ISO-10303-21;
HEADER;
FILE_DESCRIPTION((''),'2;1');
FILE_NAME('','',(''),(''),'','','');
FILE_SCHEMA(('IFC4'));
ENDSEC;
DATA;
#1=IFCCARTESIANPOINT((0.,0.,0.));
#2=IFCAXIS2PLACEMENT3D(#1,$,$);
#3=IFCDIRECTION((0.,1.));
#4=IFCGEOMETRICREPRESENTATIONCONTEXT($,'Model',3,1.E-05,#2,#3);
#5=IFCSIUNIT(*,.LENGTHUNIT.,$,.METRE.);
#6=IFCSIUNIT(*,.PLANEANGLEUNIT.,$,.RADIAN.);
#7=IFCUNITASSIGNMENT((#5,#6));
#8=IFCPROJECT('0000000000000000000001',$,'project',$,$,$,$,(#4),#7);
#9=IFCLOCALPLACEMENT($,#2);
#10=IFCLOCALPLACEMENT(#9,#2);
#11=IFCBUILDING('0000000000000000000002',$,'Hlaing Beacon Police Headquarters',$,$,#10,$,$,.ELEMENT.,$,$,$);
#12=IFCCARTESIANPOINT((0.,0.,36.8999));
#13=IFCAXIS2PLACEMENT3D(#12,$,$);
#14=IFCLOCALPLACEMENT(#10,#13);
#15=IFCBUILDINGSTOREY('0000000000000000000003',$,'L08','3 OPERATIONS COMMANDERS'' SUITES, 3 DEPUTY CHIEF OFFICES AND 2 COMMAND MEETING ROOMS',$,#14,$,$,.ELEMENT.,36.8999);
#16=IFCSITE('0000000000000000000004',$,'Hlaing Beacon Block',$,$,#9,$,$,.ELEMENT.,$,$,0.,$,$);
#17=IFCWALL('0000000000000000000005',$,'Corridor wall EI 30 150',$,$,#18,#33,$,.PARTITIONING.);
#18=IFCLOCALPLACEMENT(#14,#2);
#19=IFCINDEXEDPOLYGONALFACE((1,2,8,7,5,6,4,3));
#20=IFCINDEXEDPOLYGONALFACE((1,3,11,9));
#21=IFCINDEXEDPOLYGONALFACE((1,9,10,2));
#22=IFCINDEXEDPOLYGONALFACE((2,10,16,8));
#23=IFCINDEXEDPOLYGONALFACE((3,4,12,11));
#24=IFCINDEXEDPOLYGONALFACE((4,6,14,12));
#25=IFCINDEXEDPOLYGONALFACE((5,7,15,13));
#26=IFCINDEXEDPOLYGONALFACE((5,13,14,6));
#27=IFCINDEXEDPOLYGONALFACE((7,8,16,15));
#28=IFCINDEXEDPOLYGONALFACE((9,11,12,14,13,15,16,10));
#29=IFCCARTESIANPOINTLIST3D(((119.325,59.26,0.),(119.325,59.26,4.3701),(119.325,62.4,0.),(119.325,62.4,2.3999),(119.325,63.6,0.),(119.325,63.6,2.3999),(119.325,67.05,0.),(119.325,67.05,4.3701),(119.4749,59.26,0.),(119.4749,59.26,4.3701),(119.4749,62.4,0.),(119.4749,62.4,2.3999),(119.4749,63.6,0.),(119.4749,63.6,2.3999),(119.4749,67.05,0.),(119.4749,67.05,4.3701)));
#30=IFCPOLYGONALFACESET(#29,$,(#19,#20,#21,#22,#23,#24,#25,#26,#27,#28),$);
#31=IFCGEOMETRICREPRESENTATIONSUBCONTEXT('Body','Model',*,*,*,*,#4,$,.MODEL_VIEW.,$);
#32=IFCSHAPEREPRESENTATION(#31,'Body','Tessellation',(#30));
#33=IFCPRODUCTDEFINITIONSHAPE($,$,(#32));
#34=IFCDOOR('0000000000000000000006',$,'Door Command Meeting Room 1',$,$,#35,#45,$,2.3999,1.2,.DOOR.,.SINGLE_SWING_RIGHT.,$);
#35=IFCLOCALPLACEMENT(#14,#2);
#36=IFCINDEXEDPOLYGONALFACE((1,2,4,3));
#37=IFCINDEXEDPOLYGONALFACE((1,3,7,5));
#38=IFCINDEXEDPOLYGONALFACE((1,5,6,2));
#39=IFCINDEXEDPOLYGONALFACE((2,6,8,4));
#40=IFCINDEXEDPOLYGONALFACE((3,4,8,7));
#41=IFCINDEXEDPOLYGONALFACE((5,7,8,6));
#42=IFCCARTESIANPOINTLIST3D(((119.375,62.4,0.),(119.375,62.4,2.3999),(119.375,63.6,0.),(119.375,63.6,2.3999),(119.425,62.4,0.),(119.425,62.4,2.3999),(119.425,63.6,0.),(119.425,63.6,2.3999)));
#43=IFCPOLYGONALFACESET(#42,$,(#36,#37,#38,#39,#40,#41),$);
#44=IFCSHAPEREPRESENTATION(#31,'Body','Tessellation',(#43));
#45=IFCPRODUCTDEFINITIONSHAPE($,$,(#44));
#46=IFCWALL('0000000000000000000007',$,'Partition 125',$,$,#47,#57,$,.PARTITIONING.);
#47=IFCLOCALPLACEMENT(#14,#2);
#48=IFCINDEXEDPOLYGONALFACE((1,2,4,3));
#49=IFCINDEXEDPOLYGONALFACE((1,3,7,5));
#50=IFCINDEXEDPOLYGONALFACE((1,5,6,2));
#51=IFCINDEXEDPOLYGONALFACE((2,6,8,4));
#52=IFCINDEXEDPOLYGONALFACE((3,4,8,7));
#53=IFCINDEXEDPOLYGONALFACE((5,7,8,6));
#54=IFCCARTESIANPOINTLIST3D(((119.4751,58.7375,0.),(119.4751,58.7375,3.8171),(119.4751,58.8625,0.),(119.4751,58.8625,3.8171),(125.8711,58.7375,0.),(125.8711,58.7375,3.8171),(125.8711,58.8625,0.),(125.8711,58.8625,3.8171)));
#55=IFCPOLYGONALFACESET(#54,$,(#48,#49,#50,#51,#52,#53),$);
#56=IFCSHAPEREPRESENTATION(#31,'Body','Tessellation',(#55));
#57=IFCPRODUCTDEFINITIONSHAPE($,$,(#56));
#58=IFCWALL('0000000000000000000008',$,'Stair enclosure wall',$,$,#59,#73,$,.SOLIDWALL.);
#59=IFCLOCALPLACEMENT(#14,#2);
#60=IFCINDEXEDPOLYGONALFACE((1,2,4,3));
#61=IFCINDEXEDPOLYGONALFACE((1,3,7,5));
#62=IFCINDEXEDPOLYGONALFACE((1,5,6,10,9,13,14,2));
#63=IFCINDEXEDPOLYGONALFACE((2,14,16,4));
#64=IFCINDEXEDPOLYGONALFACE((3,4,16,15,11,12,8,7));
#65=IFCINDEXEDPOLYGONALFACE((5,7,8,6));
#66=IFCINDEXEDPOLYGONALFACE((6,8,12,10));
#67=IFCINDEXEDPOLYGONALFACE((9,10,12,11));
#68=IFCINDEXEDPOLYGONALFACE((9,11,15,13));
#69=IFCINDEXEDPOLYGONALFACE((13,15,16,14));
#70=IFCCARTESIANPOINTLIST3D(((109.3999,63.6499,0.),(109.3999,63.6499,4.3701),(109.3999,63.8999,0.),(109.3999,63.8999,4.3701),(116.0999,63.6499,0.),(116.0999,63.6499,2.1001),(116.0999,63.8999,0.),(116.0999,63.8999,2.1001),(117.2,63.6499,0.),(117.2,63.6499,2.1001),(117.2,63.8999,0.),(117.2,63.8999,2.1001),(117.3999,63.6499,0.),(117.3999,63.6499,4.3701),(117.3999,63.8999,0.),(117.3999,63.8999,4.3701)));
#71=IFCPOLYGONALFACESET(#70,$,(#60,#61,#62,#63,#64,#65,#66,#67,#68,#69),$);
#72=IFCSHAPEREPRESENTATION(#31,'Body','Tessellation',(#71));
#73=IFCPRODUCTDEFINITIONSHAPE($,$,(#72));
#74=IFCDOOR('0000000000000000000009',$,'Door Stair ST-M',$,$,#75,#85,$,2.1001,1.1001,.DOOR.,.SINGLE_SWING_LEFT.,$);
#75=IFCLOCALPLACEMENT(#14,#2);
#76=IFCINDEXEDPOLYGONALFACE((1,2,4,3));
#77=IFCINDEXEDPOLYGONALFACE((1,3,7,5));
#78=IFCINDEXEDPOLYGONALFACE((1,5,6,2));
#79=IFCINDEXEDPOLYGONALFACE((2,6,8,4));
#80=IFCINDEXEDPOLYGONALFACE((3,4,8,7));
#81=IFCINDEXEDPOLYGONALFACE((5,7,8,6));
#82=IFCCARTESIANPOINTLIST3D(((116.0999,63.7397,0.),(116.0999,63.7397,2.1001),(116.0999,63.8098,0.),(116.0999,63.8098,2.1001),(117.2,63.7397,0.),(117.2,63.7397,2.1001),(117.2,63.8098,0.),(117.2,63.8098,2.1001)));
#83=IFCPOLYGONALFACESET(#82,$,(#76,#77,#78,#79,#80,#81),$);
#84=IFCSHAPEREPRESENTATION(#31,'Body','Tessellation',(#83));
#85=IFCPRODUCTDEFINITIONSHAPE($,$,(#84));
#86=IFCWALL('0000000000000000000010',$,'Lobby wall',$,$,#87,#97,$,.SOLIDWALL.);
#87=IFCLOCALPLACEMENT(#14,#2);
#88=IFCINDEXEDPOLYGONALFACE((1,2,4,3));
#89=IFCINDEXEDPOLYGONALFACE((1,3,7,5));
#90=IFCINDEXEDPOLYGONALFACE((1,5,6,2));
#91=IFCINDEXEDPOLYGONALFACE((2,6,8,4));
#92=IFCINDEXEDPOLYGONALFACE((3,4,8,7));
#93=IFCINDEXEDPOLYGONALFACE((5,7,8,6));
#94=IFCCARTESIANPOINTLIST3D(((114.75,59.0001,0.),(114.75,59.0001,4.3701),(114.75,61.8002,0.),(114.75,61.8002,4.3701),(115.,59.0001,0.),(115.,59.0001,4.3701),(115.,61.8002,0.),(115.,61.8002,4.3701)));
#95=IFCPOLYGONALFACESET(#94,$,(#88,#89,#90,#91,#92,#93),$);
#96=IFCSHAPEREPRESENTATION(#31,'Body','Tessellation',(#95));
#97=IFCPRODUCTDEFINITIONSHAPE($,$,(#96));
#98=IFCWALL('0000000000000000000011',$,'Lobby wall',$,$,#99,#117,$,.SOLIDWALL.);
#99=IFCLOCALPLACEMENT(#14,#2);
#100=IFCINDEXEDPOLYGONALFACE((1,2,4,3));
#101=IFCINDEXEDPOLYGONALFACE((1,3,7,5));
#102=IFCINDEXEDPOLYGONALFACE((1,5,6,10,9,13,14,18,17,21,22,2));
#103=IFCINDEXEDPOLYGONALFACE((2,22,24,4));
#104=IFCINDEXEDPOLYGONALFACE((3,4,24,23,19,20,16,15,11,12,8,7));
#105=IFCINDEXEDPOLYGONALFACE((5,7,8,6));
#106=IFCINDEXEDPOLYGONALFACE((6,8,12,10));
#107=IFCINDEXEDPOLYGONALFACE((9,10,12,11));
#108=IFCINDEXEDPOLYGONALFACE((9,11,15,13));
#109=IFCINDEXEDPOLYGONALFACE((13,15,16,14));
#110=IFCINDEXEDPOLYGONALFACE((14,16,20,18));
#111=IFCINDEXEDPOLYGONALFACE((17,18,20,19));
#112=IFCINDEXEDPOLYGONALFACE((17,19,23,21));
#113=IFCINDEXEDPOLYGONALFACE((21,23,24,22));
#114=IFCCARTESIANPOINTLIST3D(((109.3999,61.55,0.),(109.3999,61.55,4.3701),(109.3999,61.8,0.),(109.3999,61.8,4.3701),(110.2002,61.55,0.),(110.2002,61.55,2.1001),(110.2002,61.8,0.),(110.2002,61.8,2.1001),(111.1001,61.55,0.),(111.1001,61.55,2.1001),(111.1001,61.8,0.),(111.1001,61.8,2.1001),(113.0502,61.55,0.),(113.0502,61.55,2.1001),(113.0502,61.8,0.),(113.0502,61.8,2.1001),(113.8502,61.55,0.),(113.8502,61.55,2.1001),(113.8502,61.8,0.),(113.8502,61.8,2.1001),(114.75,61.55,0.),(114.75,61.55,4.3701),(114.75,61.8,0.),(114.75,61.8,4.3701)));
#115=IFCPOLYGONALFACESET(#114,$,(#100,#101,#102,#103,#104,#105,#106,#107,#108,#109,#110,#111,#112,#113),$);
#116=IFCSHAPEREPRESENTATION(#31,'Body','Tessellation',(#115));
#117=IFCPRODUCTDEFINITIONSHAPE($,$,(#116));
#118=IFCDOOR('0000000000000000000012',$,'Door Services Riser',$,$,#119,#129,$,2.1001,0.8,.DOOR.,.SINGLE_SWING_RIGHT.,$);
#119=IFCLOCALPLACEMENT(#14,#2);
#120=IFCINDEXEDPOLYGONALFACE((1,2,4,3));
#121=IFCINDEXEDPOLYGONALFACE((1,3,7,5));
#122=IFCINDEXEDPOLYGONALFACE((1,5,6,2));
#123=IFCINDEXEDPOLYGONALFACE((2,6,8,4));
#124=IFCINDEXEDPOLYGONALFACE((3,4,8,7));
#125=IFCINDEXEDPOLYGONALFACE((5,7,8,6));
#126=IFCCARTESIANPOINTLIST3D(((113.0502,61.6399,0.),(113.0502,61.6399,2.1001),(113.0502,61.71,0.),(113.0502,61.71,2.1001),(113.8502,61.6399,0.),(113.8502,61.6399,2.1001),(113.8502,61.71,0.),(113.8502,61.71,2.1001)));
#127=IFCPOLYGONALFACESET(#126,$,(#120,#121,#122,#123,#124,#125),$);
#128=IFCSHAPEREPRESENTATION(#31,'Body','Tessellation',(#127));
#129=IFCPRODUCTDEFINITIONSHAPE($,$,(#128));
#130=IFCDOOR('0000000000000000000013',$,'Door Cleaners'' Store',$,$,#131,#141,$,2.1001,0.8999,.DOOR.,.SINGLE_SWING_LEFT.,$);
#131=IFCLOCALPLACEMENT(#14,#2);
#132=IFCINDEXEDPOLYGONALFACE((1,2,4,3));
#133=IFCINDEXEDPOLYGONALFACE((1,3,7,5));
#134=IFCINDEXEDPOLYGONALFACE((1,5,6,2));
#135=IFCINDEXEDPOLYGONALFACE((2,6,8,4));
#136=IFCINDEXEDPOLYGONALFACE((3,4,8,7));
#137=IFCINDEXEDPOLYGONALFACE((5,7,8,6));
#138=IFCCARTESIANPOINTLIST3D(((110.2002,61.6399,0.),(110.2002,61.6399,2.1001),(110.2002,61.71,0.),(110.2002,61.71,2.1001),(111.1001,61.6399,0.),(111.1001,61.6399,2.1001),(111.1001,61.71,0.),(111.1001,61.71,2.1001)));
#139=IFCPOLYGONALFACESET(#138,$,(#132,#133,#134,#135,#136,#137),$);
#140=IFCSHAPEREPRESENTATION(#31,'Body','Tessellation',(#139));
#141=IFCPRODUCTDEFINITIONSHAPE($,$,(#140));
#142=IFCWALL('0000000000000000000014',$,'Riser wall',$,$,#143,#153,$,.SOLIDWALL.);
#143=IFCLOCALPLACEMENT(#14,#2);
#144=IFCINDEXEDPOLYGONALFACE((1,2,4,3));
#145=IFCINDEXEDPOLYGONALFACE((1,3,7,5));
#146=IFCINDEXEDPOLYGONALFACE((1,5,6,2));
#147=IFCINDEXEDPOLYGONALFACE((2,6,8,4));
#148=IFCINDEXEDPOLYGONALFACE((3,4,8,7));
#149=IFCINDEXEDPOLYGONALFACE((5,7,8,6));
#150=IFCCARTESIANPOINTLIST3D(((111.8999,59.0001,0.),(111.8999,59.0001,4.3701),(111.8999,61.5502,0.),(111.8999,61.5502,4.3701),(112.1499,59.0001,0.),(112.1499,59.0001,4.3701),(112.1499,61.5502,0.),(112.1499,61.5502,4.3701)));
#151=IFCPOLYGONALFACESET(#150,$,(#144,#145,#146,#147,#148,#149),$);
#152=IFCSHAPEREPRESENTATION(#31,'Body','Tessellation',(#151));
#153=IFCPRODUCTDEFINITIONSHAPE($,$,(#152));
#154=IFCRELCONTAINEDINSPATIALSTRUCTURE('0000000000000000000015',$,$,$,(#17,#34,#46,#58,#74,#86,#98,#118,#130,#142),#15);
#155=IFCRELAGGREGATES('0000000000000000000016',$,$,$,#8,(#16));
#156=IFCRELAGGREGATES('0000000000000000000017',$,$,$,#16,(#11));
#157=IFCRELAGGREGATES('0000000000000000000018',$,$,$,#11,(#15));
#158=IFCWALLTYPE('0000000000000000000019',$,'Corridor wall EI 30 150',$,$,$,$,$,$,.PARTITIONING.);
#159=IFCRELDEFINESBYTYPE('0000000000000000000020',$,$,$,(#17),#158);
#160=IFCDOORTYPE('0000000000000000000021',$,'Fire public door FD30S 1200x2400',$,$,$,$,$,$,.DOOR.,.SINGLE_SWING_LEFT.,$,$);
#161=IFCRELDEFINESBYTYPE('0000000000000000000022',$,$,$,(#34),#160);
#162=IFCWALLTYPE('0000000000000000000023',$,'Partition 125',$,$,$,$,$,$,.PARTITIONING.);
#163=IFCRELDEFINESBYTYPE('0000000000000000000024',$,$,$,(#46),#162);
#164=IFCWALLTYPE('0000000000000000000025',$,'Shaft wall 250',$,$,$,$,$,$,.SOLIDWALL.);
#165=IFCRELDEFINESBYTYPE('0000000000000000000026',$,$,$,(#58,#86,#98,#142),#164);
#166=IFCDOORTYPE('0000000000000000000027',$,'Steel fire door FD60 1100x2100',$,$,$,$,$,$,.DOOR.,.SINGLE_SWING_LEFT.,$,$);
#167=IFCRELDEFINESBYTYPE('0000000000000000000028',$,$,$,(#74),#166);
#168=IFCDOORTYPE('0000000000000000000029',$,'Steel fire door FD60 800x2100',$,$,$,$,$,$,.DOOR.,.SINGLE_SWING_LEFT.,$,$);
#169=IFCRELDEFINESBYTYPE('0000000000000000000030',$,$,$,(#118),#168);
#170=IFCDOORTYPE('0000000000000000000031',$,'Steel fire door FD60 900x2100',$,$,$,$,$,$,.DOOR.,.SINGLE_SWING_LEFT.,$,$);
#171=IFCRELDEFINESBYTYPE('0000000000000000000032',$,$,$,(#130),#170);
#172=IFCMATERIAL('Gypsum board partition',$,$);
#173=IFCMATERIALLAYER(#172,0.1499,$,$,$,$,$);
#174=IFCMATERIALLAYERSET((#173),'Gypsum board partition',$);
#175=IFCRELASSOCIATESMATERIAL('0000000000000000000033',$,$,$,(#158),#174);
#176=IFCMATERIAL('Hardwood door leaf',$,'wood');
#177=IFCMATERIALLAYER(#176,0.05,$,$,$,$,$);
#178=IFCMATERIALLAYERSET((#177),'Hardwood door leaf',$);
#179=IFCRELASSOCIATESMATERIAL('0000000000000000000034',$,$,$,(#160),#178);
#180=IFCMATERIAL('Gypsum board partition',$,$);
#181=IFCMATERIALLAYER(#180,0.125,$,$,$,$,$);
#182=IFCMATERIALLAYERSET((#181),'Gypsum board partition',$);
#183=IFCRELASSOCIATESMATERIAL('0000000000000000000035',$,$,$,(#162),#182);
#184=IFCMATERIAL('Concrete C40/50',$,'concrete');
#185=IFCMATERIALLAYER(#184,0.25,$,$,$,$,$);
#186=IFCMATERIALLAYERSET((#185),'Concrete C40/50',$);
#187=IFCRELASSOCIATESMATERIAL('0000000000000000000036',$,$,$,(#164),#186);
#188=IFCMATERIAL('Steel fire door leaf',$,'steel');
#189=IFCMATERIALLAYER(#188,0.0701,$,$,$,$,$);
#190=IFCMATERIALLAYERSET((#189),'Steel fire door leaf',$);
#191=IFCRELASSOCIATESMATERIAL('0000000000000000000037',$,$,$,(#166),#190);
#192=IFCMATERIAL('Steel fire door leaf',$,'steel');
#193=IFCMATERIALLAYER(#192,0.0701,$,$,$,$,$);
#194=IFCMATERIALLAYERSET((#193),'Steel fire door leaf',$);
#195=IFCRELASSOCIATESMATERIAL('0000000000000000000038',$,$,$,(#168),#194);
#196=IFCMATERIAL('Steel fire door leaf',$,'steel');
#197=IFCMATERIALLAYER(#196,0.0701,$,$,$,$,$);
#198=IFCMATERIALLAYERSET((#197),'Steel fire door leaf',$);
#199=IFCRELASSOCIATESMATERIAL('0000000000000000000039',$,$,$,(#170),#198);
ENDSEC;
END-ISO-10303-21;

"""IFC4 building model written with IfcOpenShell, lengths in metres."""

from ifc_helpers import new_model, si_unit, direction, frame, frame_2d, origin, place, context, subcontext, project, spatial, rectangle, extrude, material, layer, layer_set, type_object, element, fill, save


model = new_model("IFC4")

# Units and contexts
model_context = context("Model", 3, precision=1e-05, world=origin(), true_north=direction((0.0, 1.0)))
body_context = subcontext(model_context, "Body", "Model", "MODEL_VIEW")
ifc_project = project(units=[si_unit("LENGTHUNIT", "METRE"), si_unit("PLANEANGLEUNIT", "RADIAN")], contexts=[model_context])

# Site, building, storey
site_placement = place(None, origin())
site = spatial("IfcSite", under=ifc_project, at=site_placement, Name="Hlaing Beacon Block", CompositionType="ELEMENT", RefElevation=0.0)
building_placement = place(site_placement, origin())
building = spatial("IfcBuilding", under=site, at=building_placement, Name="Hlaing Beacon Police Headquarters", CompositionType="ELEMENT")
storey_placement = place(building_placement, frame((0.0, 0.0, 36.8999)))
storey = spatial("IfcBuildingStorey", under=building, at=storey_placement, Name="L08", Description="3 OPERATIONS COMMANDERS' SUITES, 3 DEPUTY CHIEF OFFICES AND 2 COMMAND MEETING ROOMS", CompositionType="ELEMENT", Elevation=36.8999)

# Shared definitions
ifc_material_1 = material(Name="Gypsum board partition")
ifc_layer_1 = layer(ifc_material_1, 0.1499)
ifc_layer_set_1 = layer_set([ifc_layer_1], Name="Gypsum board partition")
wall_type_1 = type_object("IfcWallType", Name="Corridor wall EI 30 150", PredefinedType="PARTITIONING", material=ifc_layer_set_1)

# Wall, opening, door
wall_1_placement = place(storey_placement, frame((119.3999, 59.26, 0.0), z_axis=(0.0, 0.0, 1.0), x_axis=(0.0, 1.0, 0.0)))
wall_1 = element("IfcWall", 1, at=wall_1_placement, inside=storey, type_object=wall_type_1, Name="Corridor wall EI 30 150", PredefinedType="PARTITIONING", context=body_context, shape_type="SweptSolid", body=[
    extrude(rectangle(XDim=7.79, YDim=0.1499, at=frame_2d((3.895, 0.0))), origin(), (0.0, 0.0, 1.0), 4.3701),
])
opening_1_placement = place(wall_1_placement, frame((3.1399, 0.0, 0.0)))
opening_1 = element("IfcOpeningElement", 2, at=opening_1_placement, cuts=wall_1, PredefinedType="OPENING", context=body_context, shape_type="SweptSolid", body=[
    extrude(rectangle(XDim=1.2, YDim=2.3999, at=frame_2d((0.6001, 1.2))), frame((0.0, 0.085, 0.0), z_axis=(0.0, -1.0, 0.0), x_axis=(1.0, 0.0, 0.0)), (0.0, 0.0, 1.0), 0.1699),
])
ifc_material_2 = material(Name="Hardwood door leaf", Category="wood")
ifc_layer_2 = layer(ifc_material_2, 0.05)
ifc_layer_set_2 = layer_set([ifc_layer_2], Name="Hardwood door leaf")
door_type_1 = type_object("IfcDoorType", Name="Fire public door FD30S 1200x2400", OperationType="SINGLE_SWING_LEFT", PredefinedType="DOOR", material=ifc_layer_set_2)
door_1_placement = place(opening_1_placement, frame((1.2, 0.0, 0.0), z_axis=(0.0, 0.0, 1.0), x_axis=(-1.0, 0.0, 0.0)))
door_1 = element("IfcDoor", 3, at=door_1_placement, inside=storey, type_object=door_type_1, Name="Door Command Meeting Room 1", OperationType="SINGLE_SWING_RIGHT", OverallHeight=2.3999, OverallWidth=1.2, PredefinedType="DOOR", context=body_context, shape_type="SweptSolid", body=[
    extrude(rectangle(XDim=1.2, YDim=2.3999, at=frame_2d((0.5999, 1.2))), frame((0.0, 0.0251, 0.0), z_axis=(0.0, -1.0, 0.0), x_axis=(1.0, 0.0, 0.0)), (0.0, 0.0, 1.0), 0.05),
])
fill(opening_1, door_1)

# Wall
ifc_material_3 = material(Name="Gypsum board partition")
ifc_layer_3 = layer(ifc_material_3, 0.125)
ifc_layer_set_3 = layer_set([ifc_layer_3], Name="Gypsum board partition")
wall_type_2 = type_object("IfcWallType", Name="Partition 125", PredefinedType="PARTITIONING", material=ifc_layer_set_3)
wall_2_placement = place(storey_placement, frame((119.4751, 58.8, 0.0), z_axis=(0.0, 0.0, 1.0), x_axis=(1.0, 0.0, 0.0)))
element("IfcWall", 4, at=wall_2_placement, inside=storey, type_object=wall_type_2, Name="Partition 125", PredefinedType="PARTITIONING", context=body_context, shape_type="SweptSolid", body=[
    extrude(rectangle(XDim=6.396, YDim=0.125, at=frame_2d((3.198, 0.0))), origin(), (0.0, 0.0, 1.0), 3.8171),
])

# Wall, opening, door
ifc_material_4 = material(Name="Concrete C40/50", Category="concrete")
ifc_layer_4 = layer(ifc_material_4, 0.25)
ifc_layer_set_4 = layer_set([ifc_layer_4], Name="Concrete C40/50")
wall_type_3 = type_object("IfcWallType", Name="Shaft wall 250", PredefinedType="SOLIDWALL", material=ifc_layer_set_4)
wall_3_placement = place(storey_placement, frame((117.3999, 63.7749, 0.0), z_axis=(0.0, 0.0, 1.0), x_axis=(-1.0, 0.0, 0.0)))
wall_3 = element("IfcWall", 5, at=wall_3_placement, inside=storey, type_object=wall_type_3, Name="Stair enclosure wall", PredefinedType="SOLIDWALL", context=body_context, shape_type="SweptSolid", body=[
    extrude(rectangle(XDim=8.0, YDim=0.25, at=frame_2d((4.0, 0.0))), origin(), (0.0, 0.0, 1.0), 4.3701),
])
opening_2_placement = place(wall_3_placement, frame((0.2, 0.0, 0.0)))
opening_2 = element("IfcOpeningElement", 6, at=opening_2_placement, cuts=wall_3, PredefinedType="OPENING", context=body_context, shape_type="SweptSolid", body=[
    extrude(rectangle(XDim=1.1001, YDim=2.1001, at=frame_2d((0.55, 1.05))), frame((0.0, 0.135, 0.0), z_axis=(0.0, -1.0, 0.0), x_axis=(1.0, 0.0, 0.0)), (0.0, 0.0, 1.0), 0.27),
])
ifc_material_5 = material(Name="Steel fire door leaf", Category="steel")
ifc_layer_5 = layer(ifc_material_5, 0.0701)
ifc_layer_set_5 = layer_set([ifc_layer_5], Name="Steel fire door leaf")
door_type_2 = type_object("IfcDoorType", Name="Steel fire door FD60 1100x2100", OperationType="SINGLE_SWING_LEFT", PredefinedType="DOOR", material=ifc_layer_set_5)
door_2_placement = place(opening_2_placement, frame((1.1001, 0.0, 0.0), z_axis=(0.0, 0.0, 1.0), x_axis=(-1.0, 0.0, 0.0)))
door_2 = element("IfcDoor", 7, at=door_2_placement, inside=storey, type_object=door_type_2, Name="Door Stair ST-M", OperationType="SINGLE_SWING_LEFT", OverallHeight=2.1001, OverallWidth=1.1001, PredefinedType="DOOR", context=body_context, shape_type="SweptSolid", body=[
    extrude(rectangle(XDim=1.1001, YDim=2.1001, at=frame_2d((0.55, 1.05))), frame((0.0, 0.0349, 0.0), z_axis=(0.0, -1.0, 0.0), x_axis=(1.0, 0.0, 0.0)), (0.0, 0.0, 1.0), 0.0701),
])
fill(opening_2, door_2)

# Wall
wall_4_placement = place(storey_placement, frame((114.875, 61.8, 0.0), z_axis=(0.0, 0.0, 1.0), x_axis=(0.0, -1.0, 0.0)))
element("IfcWall", 8, at=wall_4_placement, inside=storey, type_object=wall_type_3, Name="Lobby wall", PredefinedType="SOLIDWALL", context=body_context, shape_type="SweptSolid", body=[
    extrude(rectangle(XDim=2.8, YDim=0.25, at=frame_2d((1.3999, 0.0))), origin(), (0.0, 0.0, 1.0), 4.3701),
])

# Wall, openings, doors
wall_5_placement = place(storey_placement, frame((114.75, 61.675, 0.0), z_axis=(0.0, 0.0, 1.0), x_axis=(-1.0, 0.0, 0.0)))
wall_5 = element("IfcWall", 9, at=wall_5_placement, inside=storey, type_object=wall_type_3, Name="Lobby wall", PredefinedType="SOLIDWALL", context=body_context, shape_type="SweptSolid", body=[
    extrude(rectangle(XDim=5.3501, YDim=0.25, at=frame_2d((2.675, 0.0))), origin(), (0.0, 0.0, 1.0), 4.3701),
])
opening_3_placement = place(wall_5_placement, frame((3.6499, 0.0, 0.0)))
opening_3 = element("IfcOpeningElement", 10, at=opening_3_placement, cuts=wall_5, PredefinedType="OPENING", context=body_context, shape_type="SweptSolid", body=[
    extrude(rectangle(XDim=0.8999, YDim=2.1001, at=frame_2d((0.45, 1.05))), frame((0.0, 0.135, 0.0), z_axis=(0.0, -1.0, 0.0), x_axis=(1.0, 0.0, 0.0)), (0.0, 0.0, 1.0), 0.27),
])
opening_4_placement = place(wall_5_placement, frame((0.8999, 0.0, 0.0)))
opening_4 = element("IfcOpeningElement", 11, at=opening_4_placement, cuts=wall_5, PredefinedType="OPENING", context=body_context, shape_type="SweptSolid", body=[
    extrude(rectangle(XDim=0.8, YDim=2.1001, at=frame_2d((0.3999, 1.05))), frame((0.0, 0.135, 0.0), z_axis=(0.0, -1.0, 0.0), x_axis=(1.0, 0.0, 0.0)), (0.0, 0.0, 1.0), 0.27),
])
ifc_material_6 = material(Name="Steel fire door leaf", Category="steel")
ifc_layer_6 = layer(ifc_material_6, 0.0701)
ifc_layer_set_6 = layer_set([ifc_layer_6], Name="Steel fire door leaf")
door_type_3 = type_object("IfcDoorType", Name="Steel fire door FD60 800x2100", OperationType="SINGLE_SWING_LEFT", PredefinedType="DOOR", material=ifc_layer_set_6)
door_3_placement = place(opening_4_placement, origin())
door_3 = element("IfcDoor", 12, at=door_3_placement, inside=storey, type_object=door_type_3, Name="Door Services Riser", OperationType="SINGLE_SWING_RIGHT", OverallHeight=2.1001, OverallWidth=0.8, PredefinedType="DOOR", context=body_context, shape_type="SweptSolid", body=[
    extrude(rectangle(XDim=0.8, YDim=2.1001, at=frame_2d((0.3999, 1.05))), frame((0.0, 0.0352, 0.0), z_axis=(0.0, -1.0, 0.0), x_axis=(1.0, 0.0, 0.0)), (0.0, 0.0, 1.0), 0.0701),
])
fill(opening_4, door_3)
ifc_material_7 = material(Name="Steel fire door leaf", Category="steel")
ifc_layer_7 = layer(ifc_material_7, 0.0701)
ifc_layer_set_7 = layer_set([ifc_layer_7], Name="Steel fire door leaf")
door_type_4 = type_object("IfcDoorType", Name="Steel fire door FD60 900x2100", OperationType="SINGLE_SWING_LEFT", PredefinedType="DOOR", material=ifc_layer_set_7)
door_4_placement = place(opening_3_placement, origin())
door_4 = element("IfcDoor", 13, at=door_4_placement, inside=storey, type_object=door_type_4, Name="Door Cleaners' Store", OperationType="SINGLE_SWING_LEFT", OverallHeight=2.1001, OverallWidth=0.8999, PredefinedType="DOOR", context=body_context, shape_type="SweptSolid", body=[
    extrude(rectangle(XDim=0.8999, YDim=2.1001, at=frame_2d((0.45, 1.05))), frame((0.0, 0.0352, 0.0), z_axis=(0.0, -1.0, 0.0), x_axis=(1.0, 0.0, 0.0)), (0.0, 0.0, 1.0), 0.0701),
])
fill(opening_3, door_4)

# Wall
wall_6_placement = place(storey_placement, frame((112.0249, 61.55, 0.0), z_axis=(0.0, 0.0, 1.0), x_axis=(0.0, -1.0, 0.0)))
element("IfcWall", 14, at=wall_6_placement, inside=storey, type_object=wall_type_3, Name="Riser wall", PredefinedType="SOLIDWALL", context=body_context, shape_type="SweptSolid", body=[
    extrude(rectangle(XDim=2.55, YDim=0.25, at=frame_2d((1.2749, 0.0))), origin(), (0.0, 0.0, 1.0), 4.3701),
])

save(model, "model.ifc")
